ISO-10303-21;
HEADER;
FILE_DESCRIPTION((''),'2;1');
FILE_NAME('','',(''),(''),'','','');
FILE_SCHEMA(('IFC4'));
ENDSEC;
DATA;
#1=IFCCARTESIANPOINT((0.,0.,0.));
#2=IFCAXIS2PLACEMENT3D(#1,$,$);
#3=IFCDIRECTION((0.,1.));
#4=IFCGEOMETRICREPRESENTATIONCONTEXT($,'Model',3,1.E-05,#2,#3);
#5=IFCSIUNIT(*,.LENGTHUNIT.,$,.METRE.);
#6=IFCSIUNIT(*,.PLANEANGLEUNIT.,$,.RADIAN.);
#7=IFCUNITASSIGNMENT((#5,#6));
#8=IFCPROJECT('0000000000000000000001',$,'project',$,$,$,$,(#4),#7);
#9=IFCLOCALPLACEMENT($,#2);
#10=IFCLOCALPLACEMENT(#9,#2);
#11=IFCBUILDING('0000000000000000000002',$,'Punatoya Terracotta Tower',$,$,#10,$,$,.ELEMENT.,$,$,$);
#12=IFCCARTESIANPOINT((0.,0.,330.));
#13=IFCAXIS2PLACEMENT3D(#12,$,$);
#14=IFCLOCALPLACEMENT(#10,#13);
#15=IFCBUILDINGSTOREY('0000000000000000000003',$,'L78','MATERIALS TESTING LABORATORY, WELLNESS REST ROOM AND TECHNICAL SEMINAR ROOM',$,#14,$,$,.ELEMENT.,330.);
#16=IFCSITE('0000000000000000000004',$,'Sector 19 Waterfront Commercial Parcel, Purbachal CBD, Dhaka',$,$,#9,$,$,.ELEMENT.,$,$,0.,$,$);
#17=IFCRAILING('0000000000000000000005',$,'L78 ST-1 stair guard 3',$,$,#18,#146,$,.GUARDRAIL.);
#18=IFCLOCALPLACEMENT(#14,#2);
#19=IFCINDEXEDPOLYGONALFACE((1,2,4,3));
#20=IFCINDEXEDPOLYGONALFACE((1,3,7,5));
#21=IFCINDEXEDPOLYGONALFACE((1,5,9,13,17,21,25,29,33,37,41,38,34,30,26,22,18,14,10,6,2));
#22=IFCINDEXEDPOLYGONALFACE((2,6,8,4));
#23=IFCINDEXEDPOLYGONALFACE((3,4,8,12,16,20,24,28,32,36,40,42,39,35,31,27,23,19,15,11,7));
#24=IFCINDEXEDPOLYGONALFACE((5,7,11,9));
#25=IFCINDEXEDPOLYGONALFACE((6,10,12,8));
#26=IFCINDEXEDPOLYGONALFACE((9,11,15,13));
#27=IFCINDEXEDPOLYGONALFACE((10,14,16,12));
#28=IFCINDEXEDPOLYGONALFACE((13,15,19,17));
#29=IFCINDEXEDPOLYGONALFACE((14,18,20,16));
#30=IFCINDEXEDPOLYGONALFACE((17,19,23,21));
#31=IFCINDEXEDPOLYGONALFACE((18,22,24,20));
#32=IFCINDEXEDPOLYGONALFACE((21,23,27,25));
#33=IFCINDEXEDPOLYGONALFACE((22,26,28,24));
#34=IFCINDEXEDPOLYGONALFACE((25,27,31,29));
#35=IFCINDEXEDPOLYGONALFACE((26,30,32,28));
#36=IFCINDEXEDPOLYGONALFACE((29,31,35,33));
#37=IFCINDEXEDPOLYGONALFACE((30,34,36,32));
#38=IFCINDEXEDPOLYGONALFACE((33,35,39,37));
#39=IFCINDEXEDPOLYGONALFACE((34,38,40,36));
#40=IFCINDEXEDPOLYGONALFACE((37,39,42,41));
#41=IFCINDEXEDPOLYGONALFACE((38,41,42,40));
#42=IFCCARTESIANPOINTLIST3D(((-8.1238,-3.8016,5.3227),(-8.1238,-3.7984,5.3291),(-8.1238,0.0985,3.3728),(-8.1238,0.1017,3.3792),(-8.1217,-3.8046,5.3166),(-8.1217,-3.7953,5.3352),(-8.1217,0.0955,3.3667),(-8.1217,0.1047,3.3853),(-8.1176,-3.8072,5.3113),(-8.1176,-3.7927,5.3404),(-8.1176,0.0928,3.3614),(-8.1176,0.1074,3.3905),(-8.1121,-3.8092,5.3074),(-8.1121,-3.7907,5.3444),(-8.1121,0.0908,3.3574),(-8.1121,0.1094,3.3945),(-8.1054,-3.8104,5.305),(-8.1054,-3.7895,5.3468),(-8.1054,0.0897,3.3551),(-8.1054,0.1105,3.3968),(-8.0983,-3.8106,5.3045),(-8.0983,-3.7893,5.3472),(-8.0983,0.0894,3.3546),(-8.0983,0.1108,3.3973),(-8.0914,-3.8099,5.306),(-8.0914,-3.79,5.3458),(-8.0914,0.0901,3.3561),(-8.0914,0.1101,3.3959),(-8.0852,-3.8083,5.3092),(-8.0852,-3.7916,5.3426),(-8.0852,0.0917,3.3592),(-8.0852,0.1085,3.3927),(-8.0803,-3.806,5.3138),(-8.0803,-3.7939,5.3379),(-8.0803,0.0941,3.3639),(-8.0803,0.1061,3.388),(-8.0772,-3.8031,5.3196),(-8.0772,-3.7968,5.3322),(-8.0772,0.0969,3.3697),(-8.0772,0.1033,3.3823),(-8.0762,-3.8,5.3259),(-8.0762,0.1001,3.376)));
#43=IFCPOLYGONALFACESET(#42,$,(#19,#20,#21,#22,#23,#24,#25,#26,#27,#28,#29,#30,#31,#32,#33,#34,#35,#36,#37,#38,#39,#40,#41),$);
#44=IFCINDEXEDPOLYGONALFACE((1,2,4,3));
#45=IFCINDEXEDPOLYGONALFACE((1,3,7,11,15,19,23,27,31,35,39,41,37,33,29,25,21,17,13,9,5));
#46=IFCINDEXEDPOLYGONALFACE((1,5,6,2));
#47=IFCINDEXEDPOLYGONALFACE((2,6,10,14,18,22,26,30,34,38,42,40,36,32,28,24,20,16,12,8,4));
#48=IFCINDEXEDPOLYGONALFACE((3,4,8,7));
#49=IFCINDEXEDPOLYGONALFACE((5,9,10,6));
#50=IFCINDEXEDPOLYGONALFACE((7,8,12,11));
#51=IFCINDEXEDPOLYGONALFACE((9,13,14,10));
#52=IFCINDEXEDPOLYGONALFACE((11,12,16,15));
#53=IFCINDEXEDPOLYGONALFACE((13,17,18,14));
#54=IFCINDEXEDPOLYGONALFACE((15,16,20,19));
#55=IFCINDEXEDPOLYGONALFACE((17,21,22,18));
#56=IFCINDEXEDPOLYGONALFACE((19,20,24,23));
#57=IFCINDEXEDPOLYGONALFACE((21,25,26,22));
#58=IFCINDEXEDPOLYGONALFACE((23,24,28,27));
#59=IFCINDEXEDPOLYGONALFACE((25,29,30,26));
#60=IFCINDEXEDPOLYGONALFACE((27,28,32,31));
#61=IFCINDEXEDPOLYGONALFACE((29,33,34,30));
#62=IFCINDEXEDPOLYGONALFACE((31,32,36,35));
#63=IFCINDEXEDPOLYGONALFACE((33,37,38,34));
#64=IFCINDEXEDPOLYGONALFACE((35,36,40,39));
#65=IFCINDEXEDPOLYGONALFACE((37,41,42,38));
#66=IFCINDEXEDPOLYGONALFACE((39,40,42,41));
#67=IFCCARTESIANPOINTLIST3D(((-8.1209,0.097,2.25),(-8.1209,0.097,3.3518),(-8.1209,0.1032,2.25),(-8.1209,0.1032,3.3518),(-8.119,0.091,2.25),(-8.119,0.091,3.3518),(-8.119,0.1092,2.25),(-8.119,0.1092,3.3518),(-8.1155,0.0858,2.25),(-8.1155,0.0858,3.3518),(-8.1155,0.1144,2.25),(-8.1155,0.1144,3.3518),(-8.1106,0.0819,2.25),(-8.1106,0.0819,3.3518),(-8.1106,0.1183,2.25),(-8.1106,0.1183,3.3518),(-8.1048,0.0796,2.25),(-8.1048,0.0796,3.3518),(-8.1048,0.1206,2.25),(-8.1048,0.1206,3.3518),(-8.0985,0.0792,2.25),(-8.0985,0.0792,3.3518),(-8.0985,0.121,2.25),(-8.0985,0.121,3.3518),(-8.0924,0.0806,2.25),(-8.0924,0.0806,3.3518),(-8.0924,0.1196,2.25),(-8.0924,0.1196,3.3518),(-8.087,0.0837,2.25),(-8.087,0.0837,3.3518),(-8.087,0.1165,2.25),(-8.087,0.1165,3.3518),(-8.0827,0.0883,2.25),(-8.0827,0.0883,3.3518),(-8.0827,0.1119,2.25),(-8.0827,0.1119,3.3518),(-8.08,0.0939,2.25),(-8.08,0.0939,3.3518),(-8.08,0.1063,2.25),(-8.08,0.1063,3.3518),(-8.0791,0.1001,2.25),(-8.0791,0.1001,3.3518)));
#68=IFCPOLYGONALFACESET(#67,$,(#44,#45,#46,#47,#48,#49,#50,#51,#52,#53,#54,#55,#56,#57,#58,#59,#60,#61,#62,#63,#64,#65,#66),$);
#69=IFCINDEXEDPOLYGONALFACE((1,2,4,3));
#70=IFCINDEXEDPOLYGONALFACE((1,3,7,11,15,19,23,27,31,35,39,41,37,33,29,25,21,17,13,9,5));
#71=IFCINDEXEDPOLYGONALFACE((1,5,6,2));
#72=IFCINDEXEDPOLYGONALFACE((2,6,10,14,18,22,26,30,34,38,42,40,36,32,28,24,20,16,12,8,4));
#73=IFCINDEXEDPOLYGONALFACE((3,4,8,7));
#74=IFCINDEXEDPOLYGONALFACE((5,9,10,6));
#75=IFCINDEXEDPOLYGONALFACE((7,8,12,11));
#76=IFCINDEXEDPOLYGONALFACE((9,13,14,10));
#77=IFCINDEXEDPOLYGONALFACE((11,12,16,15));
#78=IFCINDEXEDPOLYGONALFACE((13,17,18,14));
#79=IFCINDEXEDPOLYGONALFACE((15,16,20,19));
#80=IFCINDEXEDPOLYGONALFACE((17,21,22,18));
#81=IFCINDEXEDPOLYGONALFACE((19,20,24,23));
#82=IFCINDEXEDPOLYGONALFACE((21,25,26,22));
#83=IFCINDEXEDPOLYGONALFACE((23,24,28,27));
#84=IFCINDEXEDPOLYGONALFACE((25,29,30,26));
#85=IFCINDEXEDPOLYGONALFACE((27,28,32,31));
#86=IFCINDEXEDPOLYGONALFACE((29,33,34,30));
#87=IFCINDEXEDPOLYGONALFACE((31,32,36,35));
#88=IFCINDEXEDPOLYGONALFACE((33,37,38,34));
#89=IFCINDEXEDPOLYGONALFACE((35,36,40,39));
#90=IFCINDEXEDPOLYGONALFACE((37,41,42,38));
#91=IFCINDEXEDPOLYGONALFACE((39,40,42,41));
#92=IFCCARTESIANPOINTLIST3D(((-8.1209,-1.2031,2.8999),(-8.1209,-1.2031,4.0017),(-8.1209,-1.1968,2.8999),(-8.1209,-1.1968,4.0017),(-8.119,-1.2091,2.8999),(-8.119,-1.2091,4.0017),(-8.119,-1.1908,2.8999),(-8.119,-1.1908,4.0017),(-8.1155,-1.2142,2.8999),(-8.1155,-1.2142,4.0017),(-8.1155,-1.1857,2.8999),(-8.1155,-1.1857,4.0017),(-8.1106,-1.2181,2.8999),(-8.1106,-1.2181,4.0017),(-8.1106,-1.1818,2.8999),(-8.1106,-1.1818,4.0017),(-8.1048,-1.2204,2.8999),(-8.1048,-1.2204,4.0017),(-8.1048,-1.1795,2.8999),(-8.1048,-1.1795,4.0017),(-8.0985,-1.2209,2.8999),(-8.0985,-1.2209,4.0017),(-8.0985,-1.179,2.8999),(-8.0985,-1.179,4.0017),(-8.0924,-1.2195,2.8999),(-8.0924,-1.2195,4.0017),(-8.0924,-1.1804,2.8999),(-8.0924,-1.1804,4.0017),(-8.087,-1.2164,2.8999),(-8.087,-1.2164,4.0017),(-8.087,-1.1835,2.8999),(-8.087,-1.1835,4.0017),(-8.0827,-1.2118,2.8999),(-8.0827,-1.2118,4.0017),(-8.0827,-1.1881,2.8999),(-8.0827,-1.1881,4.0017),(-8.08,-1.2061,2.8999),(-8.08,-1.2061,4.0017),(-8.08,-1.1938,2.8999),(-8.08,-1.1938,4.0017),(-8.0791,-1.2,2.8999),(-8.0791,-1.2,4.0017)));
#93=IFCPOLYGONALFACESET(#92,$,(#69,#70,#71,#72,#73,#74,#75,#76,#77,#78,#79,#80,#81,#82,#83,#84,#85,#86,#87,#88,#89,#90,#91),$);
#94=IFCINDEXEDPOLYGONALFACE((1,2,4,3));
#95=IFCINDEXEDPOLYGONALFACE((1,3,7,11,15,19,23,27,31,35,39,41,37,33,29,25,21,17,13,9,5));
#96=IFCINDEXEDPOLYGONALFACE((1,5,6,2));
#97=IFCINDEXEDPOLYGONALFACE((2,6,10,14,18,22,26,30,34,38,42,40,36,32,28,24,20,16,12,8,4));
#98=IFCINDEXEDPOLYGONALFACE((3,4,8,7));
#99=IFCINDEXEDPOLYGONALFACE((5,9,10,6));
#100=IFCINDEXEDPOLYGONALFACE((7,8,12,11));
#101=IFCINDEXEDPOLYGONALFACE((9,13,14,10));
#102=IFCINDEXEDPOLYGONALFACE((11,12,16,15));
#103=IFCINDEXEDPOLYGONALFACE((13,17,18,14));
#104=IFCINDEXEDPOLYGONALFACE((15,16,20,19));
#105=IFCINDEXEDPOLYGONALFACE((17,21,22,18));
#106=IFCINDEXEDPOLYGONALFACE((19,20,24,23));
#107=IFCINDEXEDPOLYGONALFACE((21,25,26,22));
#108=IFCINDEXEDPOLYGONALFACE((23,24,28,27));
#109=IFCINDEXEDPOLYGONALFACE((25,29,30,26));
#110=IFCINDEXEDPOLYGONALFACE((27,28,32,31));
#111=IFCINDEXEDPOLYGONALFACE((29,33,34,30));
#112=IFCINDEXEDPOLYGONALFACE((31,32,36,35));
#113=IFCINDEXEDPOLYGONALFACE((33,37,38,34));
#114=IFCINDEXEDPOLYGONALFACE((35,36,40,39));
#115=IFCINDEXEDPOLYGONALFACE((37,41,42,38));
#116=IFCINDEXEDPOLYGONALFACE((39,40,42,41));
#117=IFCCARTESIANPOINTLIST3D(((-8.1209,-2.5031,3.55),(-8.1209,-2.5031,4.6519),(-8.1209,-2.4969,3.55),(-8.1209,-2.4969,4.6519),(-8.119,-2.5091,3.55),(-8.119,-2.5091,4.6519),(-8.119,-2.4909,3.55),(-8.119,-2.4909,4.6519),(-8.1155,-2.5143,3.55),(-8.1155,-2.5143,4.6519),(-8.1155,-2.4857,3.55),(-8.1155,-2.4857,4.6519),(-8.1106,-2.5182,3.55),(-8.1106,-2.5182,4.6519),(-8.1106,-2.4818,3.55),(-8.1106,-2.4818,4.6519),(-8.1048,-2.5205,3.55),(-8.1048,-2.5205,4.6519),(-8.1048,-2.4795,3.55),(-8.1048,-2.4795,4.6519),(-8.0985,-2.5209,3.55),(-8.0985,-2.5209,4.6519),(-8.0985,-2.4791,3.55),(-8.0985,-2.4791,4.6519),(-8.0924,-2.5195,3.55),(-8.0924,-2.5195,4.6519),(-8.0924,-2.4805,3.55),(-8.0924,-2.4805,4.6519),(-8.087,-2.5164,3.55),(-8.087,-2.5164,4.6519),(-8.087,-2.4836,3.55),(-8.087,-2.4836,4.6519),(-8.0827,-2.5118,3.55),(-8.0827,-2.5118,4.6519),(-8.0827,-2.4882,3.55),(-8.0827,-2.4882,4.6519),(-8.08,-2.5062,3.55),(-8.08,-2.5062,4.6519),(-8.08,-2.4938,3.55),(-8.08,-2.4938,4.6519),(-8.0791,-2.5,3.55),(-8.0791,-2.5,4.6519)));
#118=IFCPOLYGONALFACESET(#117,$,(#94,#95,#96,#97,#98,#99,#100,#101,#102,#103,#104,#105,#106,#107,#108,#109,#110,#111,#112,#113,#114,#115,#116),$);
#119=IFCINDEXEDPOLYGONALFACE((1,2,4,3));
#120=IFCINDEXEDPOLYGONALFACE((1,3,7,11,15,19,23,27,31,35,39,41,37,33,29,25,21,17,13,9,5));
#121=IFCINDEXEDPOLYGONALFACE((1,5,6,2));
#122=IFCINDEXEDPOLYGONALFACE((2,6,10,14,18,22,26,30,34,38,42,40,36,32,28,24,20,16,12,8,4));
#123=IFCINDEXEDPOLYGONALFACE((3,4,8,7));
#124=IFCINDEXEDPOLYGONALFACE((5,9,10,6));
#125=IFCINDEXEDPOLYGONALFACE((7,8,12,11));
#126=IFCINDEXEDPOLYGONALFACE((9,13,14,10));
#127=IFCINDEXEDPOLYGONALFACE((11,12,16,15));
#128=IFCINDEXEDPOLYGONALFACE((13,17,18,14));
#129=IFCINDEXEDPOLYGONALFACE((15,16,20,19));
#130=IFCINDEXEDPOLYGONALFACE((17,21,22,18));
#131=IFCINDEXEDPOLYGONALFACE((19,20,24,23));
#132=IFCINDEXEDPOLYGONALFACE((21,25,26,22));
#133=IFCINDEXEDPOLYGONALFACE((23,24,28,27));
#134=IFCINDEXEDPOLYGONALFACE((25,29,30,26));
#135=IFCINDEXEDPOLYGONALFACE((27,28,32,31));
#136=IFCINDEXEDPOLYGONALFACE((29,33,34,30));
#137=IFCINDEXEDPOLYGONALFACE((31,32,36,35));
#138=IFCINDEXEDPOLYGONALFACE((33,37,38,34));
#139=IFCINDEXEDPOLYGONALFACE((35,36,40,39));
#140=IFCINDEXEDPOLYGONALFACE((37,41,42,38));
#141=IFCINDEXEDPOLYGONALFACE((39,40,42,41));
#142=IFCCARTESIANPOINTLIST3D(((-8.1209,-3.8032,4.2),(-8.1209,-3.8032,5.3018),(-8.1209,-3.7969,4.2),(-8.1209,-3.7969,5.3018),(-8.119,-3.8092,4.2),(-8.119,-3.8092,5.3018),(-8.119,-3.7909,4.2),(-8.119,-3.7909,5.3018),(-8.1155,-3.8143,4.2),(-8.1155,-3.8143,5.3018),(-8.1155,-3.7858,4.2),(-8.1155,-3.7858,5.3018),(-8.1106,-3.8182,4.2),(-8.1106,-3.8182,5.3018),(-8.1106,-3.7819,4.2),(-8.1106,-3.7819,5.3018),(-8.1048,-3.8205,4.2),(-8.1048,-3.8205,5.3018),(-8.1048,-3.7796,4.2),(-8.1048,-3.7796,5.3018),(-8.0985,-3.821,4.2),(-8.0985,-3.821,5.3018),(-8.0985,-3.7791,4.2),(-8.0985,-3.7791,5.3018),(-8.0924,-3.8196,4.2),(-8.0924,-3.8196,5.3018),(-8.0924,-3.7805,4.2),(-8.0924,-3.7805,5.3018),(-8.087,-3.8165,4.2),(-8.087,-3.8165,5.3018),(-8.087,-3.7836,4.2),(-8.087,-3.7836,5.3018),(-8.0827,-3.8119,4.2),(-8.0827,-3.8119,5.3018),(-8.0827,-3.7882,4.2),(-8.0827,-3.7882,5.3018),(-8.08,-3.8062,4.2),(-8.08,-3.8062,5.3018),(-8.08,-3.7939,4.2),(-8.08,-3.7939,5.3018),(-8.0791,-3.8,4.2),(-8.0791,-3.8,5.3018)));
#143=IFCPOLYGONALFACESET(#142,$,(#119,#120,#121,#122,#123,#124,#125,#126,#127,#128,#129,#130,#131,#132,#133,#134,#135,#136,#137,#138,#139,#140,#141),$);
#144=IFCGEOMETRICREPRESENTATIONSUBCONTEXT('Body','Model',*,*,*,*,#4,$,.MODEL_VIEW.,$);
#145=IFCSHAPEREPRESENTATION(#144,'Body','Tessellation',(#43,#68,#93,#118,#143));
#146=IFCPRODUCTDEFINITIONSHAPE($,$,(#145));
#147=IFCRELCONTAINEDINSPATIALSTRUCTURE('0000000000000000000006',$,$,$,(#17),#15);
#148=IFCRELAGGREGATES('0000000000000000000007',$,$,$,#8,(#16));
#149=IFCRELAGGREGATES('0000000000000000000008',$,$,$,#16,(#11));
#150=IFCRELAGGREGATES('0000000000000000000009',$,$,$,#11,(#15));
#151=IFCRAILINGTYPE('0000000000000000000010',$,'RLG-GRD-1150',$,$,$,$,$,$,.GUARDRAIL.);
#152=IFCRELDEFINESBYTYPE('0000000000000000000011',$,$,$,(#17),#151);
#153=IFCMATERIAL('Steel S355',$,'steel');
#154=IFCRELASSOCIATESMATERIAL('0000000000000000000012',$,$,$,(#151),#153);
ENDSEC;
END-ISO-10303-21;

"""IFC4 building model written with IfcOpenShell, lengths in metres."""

from ifc_helpers import new_model, si_unit, direction, frame, origin, origin_2d, place, context, subcontext, project, spatial, circle, extrude, material, type_object, element, save


model = new_model("IFC4")

# Units and contexts
model_context = context("Model", 3, precision=1e-05, world=origin(), true_north=direction((0.0, 1.0)))
body_context = subcontext(model_context, "Body", "Model", "MODEL_VIEW")
ifc_project = project(units=[si_unit("LENGTHUNIT", "METRE"), si_unit("PLANEANGLEUNIT", "RADIAN")], contexts=[model_context])

# Site, building, storey
site_placement = place(None, origin())
site = spatial("IfcSite", under=ifc_project, at=site_placement, Name="Sector 19 Waterfront Commercial Parcel, Purbachal CBD, Dhaka", CompositionType="ELEMENT", RefElevation=0.0)
building_placement = place(site_placement, origin())
building = spatial("IfcBuilding", under=site, at=building_placement, Name="Punatoya Terracotta Tower", CompositionType="ELEMENT")
storey_placement = place(building_placement, frame((0.0, 0.0, 330.0)))
storey = spatial("IfcBuildingStorey", under=building, at=storey_placement, Name="L78", Description="MATERIALS TESTING LABORATORY, WELLNESS REST ROOM AND TECHNICAL SEMINAR ROOM", CompositionType="ELEMENT", Elevation=330.0)

# Shared definitions
ifc_material_1 = material(Name="Steel S355", Category="steel")

# Railing
railing_type_1 = type_object("IfcRailingType", Name="RLG-GRD-1150", PredefinedType="GUARDRAIL", material=ifc_material_1)
railing_1_placement = place(storey_placement, frame((-8.1001, 0.1001, 2.25)))
element("IfcRailing", 1, at=railing_1_placement, inside=storey, type_object=railing_type_1, Name="L78 ST-1 stair guard 3", PredefinedType="GUARDRAIL", context=body_context, shape_type="SweptSolid", body=[
    extrude(circle(Radius=0.0239, at=origin_2d()), frame((0.0, 0.0, 1.126), z_axis=(0.0, -0.894438, 0.447191), x_axis=(1.0, 0.0, 0.0)), (0.0, 0.0, 1.0), 4.3604),
    extrude(circle(Radius=0.021, at=origin_2d()), origin(), (0.0, 0.0, 1.0), 1.1018),
    extrude(circle(Radius=0.021, at=origin_2d()), frame((0.0, -1.3, 0.6499)), (0.0, 0.0, 1.0), 1.1018),
    extrude(circle(Radius=0.021, at=origin_2d()), frame((0.0, -2.6001, 1.3)), (0.0, 0.0, 1.0), 1.1018),
    extrude(circle(Radius=0.021, at=origin_2d()), frame((0.0, -3.9001, 1.95)), (0.0, 0.0, 1.0), 1.1018),
])

save(model, "model.ifc")
